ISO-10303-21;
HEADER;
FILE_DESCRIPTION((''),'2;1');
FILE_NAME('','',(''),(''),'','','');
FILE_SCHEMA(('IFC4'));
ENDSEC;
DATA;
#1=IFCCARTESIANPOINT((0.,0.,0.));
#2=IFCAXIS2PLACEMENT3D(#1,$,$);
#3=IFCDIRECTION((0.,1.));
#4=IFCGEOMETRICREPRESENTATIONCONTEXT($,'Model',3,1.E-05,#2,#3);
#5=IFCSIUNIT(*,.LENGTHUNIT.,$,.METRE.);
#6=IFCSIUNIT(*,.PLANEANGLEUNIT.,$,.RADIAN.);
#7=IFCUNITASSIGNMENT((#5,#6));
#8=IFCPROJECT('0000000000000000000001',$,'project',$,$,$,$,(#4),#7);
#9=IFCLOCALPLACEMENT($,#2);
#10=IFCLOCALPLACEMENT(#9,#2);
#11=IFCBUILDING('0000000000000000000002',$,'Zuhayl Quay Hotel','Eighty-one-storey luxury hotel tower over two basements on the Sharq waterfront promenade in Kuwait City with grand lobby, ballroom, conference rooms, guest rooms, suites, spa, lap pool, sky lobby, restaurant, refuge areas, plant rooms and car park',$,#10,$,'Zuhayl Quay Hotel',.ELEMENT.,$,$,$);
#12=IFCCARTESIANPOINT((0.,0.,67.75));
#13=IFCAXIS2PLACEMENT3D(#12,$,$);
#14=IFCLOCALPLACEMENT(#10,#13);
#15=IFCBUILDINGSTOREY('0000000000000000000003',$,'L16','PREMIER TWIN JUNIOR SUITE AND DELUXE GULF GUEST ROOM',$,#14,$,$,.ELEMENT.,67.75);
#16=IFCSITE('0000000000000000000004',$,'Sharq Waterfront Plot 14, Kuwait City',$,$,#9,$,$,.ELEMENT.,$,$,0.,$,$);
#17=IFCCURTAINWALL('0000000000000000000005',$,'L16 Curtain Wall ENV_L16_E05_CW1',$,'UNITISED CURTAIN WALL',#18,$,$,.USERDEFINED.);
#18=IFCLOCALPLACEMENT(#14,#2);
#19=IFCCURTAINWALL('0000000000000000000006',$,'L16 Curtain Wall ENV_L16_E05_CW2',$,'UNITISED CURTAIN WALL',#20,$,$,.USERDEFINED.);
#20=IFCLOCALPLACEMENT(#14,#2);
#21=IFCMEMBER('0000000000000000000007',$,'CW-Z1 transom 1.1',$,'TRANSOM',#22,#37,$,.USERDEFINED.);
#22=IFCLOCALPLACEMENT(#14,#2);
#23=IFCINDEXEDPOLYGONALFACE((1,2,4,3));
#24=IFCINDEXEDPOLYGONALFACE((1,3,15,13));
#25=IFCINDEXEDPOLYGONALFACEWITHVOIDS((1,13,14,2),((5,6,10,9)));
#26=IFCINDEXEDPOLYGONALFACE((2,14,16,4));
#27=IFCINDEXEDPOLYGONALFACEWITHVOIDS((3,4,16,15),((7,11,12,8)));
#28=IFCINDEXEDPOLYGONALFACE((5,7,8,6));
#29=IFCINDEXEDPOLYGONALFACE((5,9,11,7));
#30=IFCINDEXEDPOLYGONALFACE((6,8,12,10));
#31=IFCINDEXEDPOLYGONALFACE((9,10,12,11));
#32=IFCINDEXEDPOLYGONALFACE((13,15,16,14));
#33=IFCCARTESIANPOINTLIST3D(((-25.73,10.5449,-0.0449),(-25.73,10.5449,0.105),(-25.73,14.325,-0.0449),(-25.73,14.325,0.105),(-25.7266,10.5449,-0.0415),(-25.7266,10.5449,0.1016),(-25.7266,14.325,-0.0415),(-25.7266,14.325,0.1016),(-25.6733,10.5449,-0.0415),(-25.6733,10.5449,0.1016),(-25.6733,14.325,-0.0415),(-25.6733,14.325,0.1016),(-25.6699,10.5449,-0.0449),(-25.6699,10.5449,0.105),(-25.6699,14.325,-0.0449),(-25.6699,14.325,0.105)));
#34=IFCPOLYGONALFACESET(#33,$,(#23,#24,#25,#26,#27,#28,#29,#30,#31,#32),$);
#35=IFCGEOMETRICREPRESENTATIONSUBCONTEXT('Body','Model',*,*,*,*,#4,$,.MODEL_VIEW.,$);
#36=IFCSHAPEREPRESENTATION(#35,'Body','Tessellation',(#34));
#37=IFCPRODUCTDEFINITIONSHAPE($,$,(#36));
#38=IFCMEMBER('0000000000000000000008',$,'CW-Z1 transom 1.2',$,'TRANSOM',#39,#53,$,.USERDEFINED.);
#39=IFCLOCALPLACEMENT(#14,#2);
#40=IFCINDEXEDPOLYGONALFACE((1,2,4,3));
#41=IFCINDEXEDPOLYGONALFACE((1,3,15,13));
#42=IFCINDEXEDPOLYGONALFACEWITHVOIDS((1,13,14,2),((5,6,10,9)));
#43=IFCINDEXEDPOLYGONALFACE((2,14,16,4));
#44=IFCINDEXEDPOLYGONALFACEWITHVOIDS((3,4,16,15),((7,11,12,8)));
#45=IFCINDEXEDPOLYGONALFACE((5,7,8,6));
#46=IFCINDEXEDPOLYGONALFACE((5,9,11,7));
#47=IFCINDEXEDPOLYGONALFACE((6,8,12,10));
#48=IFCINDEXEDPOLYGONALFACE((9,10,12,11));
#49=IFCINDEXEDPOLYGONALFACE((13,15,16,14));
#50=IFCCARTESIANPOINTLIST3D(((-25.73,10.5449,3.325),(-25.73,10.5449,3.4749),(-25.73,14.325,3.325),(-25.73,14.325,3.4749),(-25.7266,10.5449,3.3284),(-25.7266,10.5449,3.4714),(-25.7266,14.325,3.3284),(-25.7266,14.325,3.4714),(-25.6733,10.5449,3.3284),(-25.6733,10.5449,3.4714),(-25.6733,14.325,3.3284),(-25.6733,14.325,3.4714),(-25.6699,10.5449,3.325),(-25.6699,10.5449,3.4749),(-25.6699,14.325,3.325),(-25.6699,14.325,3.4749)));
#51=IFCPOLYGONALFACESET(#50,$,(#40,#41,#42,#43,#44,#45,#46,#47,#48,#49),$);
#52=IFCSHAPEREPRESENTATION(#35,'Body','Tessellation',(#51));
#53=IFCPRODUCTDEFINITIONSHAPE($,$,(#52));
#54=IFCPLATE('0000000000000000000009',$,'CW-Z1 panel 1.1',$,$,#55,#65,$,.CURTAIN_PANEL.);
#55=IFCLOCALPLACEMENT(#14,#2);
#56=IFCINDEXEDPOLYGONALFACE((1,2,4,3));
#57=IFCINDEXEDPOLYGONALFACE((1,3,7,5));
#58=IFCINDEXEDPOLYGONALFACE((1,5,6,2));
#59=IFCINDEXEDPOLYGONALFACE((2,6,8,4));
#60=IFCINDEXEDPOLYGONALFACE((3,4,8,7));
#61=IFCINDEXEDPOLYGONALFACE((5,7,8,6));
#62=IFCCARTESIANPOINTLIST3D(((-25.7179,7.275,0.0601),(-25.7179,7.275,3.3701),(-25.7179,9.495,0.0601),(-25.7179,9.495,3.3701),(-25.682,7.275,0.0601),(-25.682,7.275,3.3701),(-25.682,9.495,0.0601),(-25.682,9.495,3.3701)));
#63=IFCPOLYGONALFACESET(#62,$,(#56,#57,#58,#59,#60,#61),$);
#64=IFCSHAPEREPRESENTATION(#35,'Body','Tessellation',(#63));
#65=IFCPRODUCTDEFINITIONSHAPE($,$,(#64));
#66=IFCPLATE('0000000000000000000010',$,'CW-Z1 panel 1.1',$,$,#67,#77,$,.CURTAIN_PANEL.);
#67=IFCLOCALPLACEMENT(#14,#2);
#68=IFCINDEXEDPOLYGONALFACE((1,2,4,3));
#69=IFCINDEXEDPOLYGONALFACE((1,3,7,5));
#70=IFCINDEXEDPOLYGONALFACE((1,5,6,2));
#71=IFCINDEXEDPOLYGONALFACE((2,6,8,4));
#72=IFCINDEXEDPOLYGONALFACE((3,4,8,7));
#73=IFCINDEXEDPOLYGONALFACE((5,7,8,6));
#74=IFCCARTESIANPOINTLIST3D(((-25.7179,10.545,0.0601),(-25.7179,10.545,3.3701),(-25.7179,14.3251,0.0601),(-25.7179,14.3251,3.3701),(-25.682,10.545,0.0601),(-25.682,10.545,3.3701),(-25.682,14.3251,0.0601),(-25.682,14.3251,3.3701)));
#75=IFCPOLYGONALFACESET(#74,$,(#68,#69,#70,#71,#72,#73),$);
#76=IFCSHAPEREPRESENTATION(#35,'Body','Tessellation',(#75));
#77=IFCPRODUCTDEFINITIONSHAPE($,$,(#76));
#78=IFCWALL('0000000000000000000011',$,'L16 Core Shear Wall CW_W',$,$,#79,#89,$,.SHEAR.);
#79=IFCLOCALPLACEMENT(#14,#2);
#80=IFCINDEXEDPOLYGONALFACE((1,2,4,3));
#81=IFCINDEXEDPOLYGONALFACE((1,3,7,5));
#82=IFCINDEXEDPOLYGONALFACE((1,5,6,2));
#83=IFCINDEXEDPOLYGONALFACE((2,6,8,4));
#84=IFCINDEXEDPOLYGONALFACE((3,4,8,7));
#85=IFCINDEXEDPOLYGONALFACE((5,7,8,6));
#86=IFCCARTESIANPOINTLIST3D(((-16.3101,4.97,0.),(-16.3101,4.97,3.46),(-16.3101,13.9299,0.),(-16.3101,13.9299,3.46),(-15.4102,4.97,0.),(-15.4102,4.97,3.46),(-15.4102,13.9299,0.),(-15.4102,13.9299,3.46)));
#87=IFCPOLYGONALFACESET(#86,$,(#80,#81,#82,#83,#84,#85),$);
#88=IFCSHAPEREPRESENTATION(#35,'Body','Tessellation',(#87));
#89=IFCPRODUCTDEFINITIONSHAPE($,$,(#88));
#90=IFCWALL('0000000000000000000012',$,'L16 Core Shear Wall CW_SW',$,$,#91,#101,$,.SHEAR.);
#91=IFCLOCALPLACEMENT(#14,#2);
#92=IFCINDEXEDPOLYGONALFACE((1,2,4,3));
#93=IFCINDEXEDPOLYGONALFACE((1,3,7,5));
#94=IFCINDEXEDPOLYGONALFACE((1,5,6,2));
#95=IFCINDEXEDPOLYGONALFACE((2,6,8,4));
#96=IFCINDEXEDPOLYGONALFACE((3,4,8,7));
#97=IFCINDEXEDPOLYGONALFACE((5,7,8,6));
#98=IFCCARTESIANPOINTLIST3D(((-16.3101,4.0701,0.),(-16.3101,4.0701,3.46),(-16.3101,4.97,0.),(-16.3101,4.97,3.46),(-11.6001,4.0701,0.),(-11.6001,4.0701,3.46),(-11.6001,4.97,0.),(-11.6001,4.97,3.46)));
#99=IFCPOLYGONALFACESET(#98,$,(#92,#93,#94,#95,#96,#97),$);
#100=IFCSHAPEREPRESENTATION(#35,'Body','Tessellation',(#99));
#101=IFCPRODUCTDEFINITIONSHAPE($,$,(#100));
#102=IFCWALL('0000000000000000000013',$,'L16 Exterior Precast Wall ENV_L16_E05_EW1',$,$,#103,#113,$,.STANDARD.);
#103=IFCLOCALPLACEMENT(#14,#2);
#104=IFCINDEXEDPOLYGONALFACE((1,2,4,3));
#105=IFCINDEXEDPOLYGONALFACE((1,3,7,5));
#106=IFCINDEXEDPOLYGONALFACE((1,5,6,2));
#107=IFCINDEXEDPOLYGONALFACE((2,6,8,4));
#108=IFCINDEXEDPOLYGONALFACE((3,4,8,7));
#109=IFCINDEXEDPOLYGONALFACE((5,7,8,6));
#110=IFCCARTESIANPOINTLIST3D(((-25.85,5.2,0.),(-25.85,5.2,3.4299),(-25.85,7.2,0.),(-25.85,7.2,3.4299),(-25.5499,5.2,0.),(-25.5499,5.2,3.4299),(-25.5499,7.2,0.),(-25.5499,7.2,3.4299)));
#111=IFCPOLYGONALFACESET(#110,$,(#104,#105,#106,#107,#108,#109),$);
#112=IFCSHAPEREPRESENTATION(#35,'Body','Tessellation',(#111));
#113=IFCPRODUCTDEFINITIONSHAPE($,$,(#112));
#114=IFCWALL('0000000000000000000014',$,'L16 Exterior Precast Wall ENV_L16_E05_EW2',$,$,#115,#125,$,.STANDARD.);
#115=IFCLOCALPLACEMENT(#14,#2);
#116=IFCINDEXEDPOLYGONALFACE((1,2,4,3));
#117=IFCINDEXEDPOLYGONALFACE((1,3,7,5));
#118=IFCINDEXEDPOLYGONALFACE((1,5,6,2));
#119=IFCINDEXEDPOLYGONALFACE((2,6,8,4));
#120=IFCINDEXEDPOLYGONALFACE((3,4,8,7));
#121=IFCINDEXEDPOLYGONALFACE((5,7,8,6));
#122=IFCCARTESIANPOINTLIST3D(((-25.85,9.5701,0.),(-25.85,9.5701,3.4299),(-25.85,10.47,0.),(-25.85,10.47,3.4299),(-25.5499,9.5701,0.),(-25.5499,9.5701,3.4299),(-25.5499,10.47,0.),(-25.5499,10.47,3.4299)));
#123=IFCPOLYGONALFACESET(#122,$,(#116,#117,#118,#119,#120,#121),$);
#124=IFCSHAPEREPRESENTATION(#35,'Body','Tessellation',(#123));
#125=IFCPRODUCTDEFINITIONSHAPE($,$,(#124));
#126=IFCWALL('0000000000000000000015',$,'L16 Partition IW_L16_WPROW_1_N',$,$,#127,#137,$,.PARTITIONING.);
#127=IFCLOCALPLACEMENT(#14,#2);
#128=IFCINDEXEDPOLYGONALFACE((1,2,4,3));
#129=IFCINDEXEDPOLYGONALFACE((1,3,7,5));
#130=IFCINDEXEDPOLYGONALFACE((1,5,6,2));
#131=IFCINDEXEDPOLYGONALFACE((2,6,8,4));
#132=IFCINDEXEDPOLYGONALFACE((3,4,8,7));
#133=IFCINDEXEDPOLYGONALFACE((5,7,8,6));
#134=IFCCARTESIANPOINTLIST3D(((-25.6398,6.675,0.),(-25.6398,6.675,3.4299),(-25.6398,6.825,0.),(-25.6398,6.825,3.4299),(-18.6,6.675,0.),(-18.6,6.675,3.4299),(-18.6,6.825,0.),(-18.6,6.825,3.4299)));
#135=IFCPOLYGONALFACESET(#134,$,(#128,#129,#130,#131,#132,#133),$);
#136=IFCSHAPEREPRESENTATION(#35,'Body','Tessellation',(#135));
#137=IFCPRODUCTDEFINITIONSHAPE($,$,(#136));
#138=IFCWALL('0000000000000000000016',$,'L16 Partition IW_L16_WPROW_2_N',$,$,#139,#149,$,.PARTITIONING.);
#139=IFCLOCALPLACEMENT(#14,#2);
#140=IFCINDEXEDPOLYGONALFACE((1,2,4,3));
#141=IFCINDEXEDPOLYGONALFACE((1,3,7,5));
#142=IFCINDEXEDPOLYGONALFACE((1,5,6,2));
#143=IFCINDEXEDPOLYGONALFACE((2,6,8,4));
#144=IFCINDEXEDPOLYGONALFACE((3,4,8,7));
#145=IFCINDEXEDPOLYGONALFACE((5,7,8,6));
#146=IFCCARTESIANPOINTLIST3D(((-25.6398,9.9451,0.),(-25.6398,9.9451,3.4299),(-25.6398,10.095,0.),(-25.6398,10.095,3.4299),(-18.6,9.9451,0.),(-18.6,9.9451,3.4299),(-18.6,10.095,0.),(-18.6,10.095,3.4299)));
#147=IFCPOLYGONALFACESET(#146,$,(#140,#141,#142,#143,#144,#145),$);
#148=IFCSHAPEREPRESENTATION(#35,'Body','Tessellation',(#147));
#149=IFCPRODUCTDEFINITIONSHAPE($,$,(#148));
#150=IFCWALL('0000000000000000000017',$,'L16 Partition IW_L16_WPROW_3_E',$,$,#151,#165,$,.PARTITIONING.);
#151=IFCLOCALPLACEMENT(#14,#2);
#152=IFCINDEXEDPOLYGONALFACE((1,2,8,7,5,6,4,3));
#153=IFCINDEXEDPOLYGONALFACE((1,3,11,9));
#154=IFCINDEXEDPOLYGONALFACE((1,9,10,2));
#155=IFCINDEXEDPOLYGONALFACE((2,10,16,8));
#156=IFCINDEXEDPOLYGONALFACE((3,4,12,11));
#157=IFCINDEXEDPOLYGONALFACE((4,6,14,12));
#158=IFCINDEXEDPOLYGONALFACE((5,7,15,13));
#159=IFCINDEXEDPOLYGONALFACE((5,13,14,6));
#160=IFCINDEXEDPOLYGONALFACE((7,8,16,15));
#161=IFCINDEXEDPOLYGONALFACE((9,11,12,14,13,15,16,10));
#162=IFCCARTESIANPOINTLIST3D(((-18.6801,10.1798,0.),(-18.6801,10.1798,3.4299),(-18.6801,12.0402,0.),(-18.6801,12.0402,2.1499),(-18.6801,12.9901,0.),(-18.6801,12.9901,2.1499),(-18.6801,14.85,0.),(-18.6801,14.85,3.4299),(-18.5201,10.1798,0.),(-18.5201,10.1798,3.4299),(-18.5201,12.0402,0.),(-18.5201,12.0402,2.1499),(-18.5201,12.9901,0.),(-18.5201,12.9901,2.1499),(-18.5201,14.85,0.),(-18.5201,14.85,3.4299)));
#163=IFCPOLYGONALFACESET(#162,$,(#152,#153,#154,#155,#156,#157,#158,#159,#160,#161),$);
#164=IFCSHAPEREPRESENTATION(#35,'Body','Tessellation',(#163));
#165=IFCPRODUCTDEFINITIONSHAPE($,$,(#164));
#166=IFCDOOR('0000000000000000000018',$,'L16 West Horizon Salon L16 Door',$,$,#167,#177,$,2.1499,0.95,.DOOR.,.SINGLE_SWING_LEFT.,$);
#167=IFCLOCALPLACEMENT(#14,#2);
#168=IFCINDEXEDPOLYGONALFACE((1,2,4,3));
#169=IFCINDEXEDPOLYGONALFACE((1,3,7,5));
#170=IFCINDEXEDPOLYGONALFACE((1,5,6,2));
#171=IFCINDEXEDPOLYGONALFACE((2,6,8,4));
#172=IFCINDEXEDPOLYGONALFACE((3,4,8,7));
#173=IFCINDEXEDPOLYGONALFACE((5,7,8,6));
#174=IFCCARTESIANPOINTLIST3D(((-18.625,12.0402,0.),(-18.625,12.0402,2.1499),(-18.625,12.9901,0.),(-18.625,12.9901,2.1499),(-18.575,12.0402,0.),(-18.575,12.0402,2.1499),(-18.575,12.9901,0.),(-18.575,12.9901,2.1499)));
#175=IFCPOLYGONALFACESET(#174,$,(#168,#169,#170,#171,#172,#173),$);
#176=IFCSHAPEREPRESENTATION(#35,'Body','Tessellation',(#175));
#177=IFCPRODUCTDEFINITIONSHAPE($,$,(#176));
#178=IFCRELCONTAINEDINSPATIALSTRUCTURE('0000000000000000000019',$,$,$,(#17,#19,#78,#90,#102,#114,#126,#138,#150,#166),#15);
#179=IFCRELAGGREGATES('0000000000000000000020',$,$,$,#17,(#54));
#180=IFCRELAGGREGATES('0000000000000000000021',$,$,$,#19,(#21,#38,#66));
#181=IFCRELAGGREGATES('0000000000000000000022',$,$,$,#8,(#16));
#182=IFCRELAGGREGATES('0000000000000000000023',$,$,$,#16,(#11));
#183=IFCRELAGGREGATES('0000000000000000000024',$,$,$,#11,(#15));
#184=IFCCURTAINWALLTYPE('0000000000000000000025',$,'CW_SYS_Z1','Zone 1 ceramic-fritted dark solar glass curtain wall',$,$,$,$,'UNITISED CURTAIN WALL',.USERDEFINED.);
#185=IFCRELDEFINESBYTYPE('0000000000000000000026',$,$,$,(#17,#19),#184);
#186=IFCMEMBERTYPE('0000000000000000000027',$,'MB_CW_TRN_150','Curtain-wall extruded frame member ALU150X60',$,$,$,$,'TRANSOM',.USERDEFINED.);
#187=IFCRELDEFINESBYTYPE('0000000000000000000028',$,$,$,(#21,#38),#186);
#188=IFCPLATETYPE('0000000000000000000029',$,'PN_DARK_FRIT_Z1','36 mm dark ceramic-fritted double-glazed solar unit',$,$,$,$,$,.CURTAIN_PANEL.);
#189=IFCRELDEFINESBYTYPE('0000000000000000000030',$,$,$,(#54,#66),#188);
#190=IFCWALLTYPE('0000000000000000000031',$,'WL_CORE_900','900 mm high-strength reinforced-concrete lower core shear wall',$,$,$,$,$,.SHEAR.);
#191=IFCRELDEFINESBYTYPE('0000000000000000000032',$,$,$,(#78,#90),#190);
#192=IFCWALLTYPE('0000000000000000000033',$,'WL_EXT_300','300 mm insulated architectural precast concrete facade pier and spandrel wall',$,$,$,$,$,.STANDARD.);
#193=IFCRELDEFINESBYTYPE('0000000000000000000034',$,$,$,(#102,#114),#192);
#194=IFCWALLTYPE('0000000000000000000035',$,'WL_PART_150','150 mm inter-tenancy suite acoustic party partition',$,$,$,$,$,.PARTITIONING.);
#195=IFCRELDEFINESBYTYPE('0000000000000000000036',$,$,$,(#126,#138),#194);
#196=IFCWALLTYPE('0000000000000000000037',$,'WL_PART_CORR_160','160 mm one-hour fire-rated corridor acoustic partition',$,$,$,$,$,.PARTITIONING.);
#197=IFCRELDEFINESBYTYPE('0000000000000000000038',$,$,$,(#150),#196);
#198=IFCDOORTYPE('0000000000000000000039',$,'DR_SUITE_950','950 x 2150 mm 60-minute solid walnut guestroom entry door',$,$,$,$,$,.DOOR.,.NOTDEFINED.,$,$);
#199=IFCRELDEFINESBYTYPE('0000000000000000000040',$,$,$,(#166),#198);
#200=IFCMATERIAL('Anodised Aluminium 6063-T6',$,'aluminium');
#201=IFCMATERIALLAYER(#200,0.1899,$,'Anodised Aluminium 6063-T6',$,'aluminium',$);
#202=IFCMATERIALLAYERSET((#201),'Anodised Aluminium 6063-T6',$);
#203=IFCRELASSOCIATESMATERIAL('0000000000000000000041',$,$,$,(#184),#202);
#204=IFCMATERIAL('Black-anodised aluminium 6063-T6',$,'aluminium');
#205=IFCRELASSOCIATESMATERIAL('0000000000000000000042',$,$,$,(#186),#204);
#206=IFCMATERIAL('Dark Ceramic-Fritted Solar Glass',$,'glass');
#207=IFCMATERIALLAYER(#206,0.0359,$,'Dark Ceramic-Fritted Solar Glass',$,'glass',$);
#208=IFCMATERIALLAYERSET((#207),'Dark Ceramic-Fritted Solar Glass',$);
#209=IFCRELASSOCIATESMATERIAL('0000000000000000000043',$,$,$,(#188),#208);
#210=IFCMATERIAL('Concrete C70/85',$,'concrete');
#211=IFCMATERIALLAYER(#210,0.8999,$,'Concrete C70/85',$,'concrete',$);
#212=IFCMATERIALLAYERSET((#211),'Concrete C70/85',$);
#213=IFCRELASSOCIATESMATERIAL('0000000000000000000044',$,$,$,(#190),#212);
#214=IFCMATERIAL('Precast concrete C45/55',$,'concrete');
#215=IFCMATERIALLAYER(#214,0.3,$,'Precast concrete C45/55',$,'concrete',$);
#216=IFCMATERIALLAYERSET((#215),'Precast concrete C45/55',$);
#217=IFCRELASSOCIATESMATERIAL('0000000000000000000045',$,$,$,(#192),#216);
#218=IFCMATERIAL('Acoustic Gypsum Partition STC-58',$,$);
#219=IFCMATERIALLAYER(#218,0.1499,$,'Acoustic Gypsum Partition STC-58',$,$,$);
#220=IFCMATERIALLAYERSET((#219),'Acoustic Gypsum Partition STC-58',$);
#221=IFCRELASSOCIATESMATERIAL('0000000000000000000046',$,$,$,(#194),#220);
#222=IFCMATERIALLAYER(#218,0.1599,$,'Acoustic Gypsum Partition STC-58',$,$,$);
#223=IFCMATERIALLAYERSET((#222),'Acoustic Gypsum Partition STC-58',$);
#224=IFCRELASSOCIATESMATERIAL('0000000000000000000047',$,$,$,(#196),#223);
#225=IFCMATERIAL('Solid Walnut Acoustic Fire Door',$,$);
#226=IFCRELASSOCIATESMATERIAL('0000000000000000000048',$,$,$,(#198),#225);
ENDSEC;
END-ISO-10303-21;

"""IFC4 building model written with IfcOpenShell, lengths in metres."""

from ifc_helpers import new_model, si_unit, direction, frame, frame_2d, origin, origin_2d, place, context, subcontext, project, spatial, rectangle, hollow_rectangle, extrude, material, layer, layer_set, material_profile, profile_set, type_object, element, fill, aggregate, save


model = new_model("IFC4")

# Units and contexts
model_context = context("Model", 3, precision=1e-05, world=origin(), true_north=direction((0.0, 1.0)))
body_context = subcontext(model_context, "Body", "Model", "MODEL_VIEW")
ifc_project = project(units=[si_unit("LENGTHUNIT", "METRE"), si_unit("PLANEANGLEUNIT", "RADIAN")], contexts=[model_context])

# Site, building, storey
site_placement = place(None, origin())
site = spatial("IfcSite", under=ifc_project, at=site_placement, Name="Sharq Waterfront Plot 14, Kuwait City", CompositionType="ELEMENT", RefElevation=0.0)
building_placement = place(site_placement, origin())
building = spatial("IfcBuilding", under=site, at=building_placement, Name="Zuhayl Quay Hotel", Description="Eighty-one-storey luxury hotel tower over two basements on the Sharq waterfront promenade in Kuwait City with grand lobby, ballroom, conference rooms, guest rooms, suites, spa, lap pool, sky lobby, restaurant, refuge areas, plant rooms and car park", LongName="Zuhayl Quay Hotel", CompositionType="ELEMENT")
storey_placement = place(building_placement, frame((0.0, 0.0, 67.75)))
storey = spatial("IfcBuildingStorey", under=building, at=storey_placement, Name="L16", Description="PREMIER TWIN JUNIOR SUITE AND DELUXE GULF GUEST ROOM", CompositionType="ELEMENT", Elevation=67.75)

# Shared definitions
ifc_material_1 = material(Name="Concrete C70/85", Category="concrete")

# Curtain walls
ifc_material_2 = material(Name="Anodised Aluminium 6063-T6", Category="aluminium")
ifc_layer_1 = layer(ifc_material_2, 0.1899, Name="Anodised Aluminium 6063-T6", Category="aluminium")
ifc_layer_set_1 = layer_set([ifc_layer_1], Name="Anodised Aluminium 6063-T6")
curtain_wall_type = type_object("IfcCurtainWallType", Name="CW_SYS_Z1", Description="Zone 1 ceramic-fritted dark solar glass curtain wall", ElementType="UNITISED CURTAIN WALL", PredefinedType="USERDEFINED", material=ifc_layer_set_1)
curtain_wall_1_placement = place(storey_placement, origin())
curtain_wall_1 = element("IfcCurtainWall", 1, at=curtain_wall_1_placement, inside=storey, type_object=curtain_wall_type, Name="L16 Curtain Wall ENV_L16_E05_CW1", ObjectType="UNITISED CURTAIN WALL", PredefinedType="USERDEFINED")
ifc_material_3 = material(Name="Black-anodised aluminium 6063-T6", Category="aluminium")
curtain_wall_2_placement = place(storey_placement, origin())
curtain_wall_2 = element("IfcCurtainWall", 2, at=curtain_wall_2_placement, inside=storey, type_object=curtain_wall_type, Name="L16 Curtain Wall ENV_L16_E05_CW2", ObjectType="UNITISED CURTAIN WALL", PredefinedType="USERDEFINED")

# Members
ifc_material_profile_1 = material_profile(ifc_material_3, hollow_rectangle(XDim=0.0601, YDim=0.1499, WallThickness=0.0034, at=origin_2d()), Name="ALU150X60")
ifc_profile_set_1 = profile_set([ifc_material_profile_1], Name="Black-anodised aluminium 6063-T6")
member_type_1 = type_object("IfcMemberType", Name="MB_CW_TRN_150", Description="Curtain-wall extruded frame member ALU150X60", ElementType="TRANSOM", PredefinedType="USERDEFINED", material=ifc_profile_set_1)
member_1_placement = place(storey_placement, frame((-25.7, 10.5449, 0.03), z_axis=(0.0, 1.0, 0.0), x_axis=(-1.0, 0.0, 0.0)))
member_1 = element("IfcMember", 3, at=member_1_placement, type_object=member_type_1, Name="CW-Z1 transom 1.1", ObjectType="TRANSOM", PredefinedType="USERDEFINED", context=body_context, shape_type="SweptSolid", body=[
    extrude(hollow_rectangle(XDim=0.0601, YDim=0.1499, WallThickness=0.0034, at=origin_2d()), origin(), (0.0, 0.0, 1.0), 3.78),
])
member_2_placement = place(storey_placement, frame((-25.7, 10.5449, 3.3999), z_axis=(0.0, 1.0, 0.0), x_axis=(-1.0, 0.0, 0.0)))
member_2 = element("IfcMember", 4, at=member_2_placement, type_object=member_type_1, Name="CW-Z1 transom 1.2", ObjectType="TRANSOM", PredefinedType="USERDEFINED", context=body_context, shape_type="SweptSolid", body=[
    extrude(hollow_rectangle(XDim=0.0601, YDim=0.1499, WallThickness=0.0034, at=origin_2d()), origin(), (0.0, 0.0, 1.0), 3.78),
])

# Plates
ifc_material_4 = material(Name="Dark Ceramic-Fritted Solar Glass", Category="glass")
ifc_layer_2 = layer(ifc_material_4, 0.0359, Name="Dark Ceramic-Fritted Solar Glass", Category="glass")
ifc_layer_set_2 = layer_set([ifc_layer_2], Name="Dark Ceramic-Fritted Solar Glass")
plate_type = type_object("IfcPlateType", Name="PN_DARK_FRIT_Z1", Description="36 mm dark ceramic-fritted double-glazed solar unit", PredefinedType="CURTAIN_PANEL", material=ifc_layer_set_2)
plate_1_placement = place(storey_placement, frame((-25.7, 8.385, 0.0601), z_axis=(0.0, 0.0, 1.0), x_axis=(0.0, 1.0, 0.0)))
plate_1 = element("IfcPlate", 5, at=plate_1_placement, type_object=plate_type, Name="CW-Z1 panel 1.1", PredefinedType="CURTAIN_PANEL", context=body_context, shape_type="SweptSolid", body=[
    extrude(rectangle(XDim=2.22, YDim=0.0359, at=origin_2d()), origin(), (0.0, 0.0, 1.0), 3.3101),
])
aggregate(curtain_wall_1, [plate_1])
plate_2_placement = place(storey_placement, frame((-25.7, 12.4351, 0.0601), z_axis=(0.0, 0.0, 1.0), x_axis=(0.0, 1.0, 0.0)))
plate_2 = element("IfcPlate", 6, at=plate_2_placement, type_object=plate_type, Name="CW-Z1 panel 1.1", PredefinedType="CURTAIN_PANEL", context=body_context, shape_type="SweptSolid", body=[
    extrude(rectangle(XDim=3.78, YDim=0.0359, at=origin_2d()), origin(), (0.0, 0.0, 1.0), 3.3101),
])
aggregate(curtain_wall_2, [member_1, member_2, plate_2])

# Walls
ifc_layer_3 = layer(ifc_material_1, 0.8999, Name="Concrete C70/85", Category="concrete")
ifc_layer_set_3 = layer_set([ifc_layer_3], Name="Concrete C70/85")
wall_type_1 = type_object("IfcWallType", Name="WL_CORE_900", Description="900 mm high-strength reinforced-concrete lower core shear wall", PredefinedType="SHEAR", material=ifc_layer_set_3)
wall_1_placement = place(storey_placement, frame((-15.8601, 4.97, 0.0), z_axis=(0.0, 0.0, 1.0), x_axis=(0.0, 1.0, 0.0)))
element("IfcWall", 7, at=wall_1_placement, inside=storey, type_object=wall_type_1, Name="L16 Core Shear Wall CW_W", PredefinedType="SHEAR", context=body_context, shape_type="SweptSolid", body=[
    extrude(rectangle(XDim=8.96, YDim=0.8999, at=frame_2d((4.48, 0.0))), origin(), (0.0, 0.0, 1.0), 3.46),
])
wall_2_placement = place(storey_placement, frame((-16.3101, 4.52, 0.0), z_axis=(0.0, 0.0, 1.0), x_axis=(1.0, 0.0, 0.0)))
element("IfcWall", 8, at=wall_2_placement, inside=storey, type_object=wall_type_1, Name="L16 Core Shear Wall CW_SW", PredefinedType="SHEAR", context=body_context, shape_type="SweptSolid", body=[
    extrude(rectangle(XDim=4.71, YDim=0.8999, at=frame_2d((2.355, 0.0))), origin(), (0.0, 0.0, 1.0), 3.46),
])
ifc_material_5 = material(Name="Precast concrete C45/55", Category="concrete")
ifc_layer_4 = layer(ifc_material_5, 0.3, Name="Precast concrete C45/55", Category="concrete")
ifc_layer_set_4 = layer_set([ifc_layer_4], Name="Precast concrete C45/55")
wall_type_2 = type_object("IfcWallType", Name="WL_EXT_300", Description="300 mm insulated architectural precast concrete facade pier and spandrel wall", PredefinedType="STANDARD", material=ifc_layer_set_4)
wall_3_placement = place(storey_placement, frame((-25.7, 5.2, 0.0), z_axis=(0.0, 0.0, 1.0), x_axis=(0.0, 1.0, 0.0)))
element("IfcWall", 9, at=wall_3_placement, inside=storey, type_object=wall_type_2, Name="L16 Exterior Precast Wall ENV_L16_E05_EW1", PredefinedType="STANDARD", context=body_context, shape_type="SweptSolid", body=[
    extrude(rectangle(XDim=2.0, YDim=0.3, at=frame_2d((1.0, 0.0))), origin(), (0.0, 0.0, 1.0), 3.4299),
])
wall_4_placement = place(storey_placement, frame((-25.7, 9.5701, 0.0), z_axis=(0.0, 0.0, 1.0), x_axis=(0.0, 1.0, 0.0)))
element("IfcWall", 10, at=wall_4_placement, inside=storey, type_object=wall_type_2, Name="L16 Exterior Precast Wall ENV_L16_E05_EW2", PredefinedType="STANDARD", context=body_context, shape_type="SweptSolid", body=[
    extrude(rectangle(XDim=0.8999, YDim=0.3, at=frame_2d((0.45, 0.0))), origin(), (0.0, 0.0, 1.0), 3.4299),
])
ifc_material_6 = material(Name="Acoustic Gypsum Partition STC-58")
ifc_layer_5 = layer(ifc_material_6, 0.1499, Name="Acoustic Gypsum Partition STC-58")
ifc_layer_set_5 = layer_set([ifc_layer_5], Name="Acoustic Gypsum Partition STC-58")
wall_type_3 = type_object("IfcWallType", Name="WL_PART_150", Description="150 mm inter-tenancy suite acoustic party partition", PredefinedType="PARTITIONING", material=ifc_layer_set_5)
for number, where, z_axis, x_axis, name in (
    (11, (-25.6399, 6.75, 0.0), (0.0, 0.0, 1.0), (1.0, 0.0, 0.0), "L16 Partition IW_L16_WPROW_1_N"),
    (12, (-25.6399, 10.02, 0.0), (0.0, 0.0, 1.0), (1.0, 0.0, 0.0), "L16 Partition IW_L16_WPROW_2_N"),
):
    element("IfcWall", number, at=place(storey_placement, frame(where, z_axis=z_axis, x_axis=x_axis)), inside=storey, type_object=wall_type_3, Name=name, PredefinedType="PARTITIONING", context=body_context, shape_type="SweptSolid", body=[
        extrude(rectangle(XDim=7.0398, YDim=0.1499, at=frame_2d((3.52, 0.0))), origin(), (0.0, 0.0, 1.0), 3.4299),
    ])

# Wall, opening, door
ifc_layer_6 = layer(ifc_material_6, 0.1599, Name="Acoustic Gypsum Partition STC-58")
ifc_layer_set_6 = layer_set([ifc_layer_6], Name="Acoustic Gypsum Partition STC-58")
wall_type_4 = type_object("IfcWallType", Name="WL_PART_CORR_160", Description="160 mm one-hour fire-rated corridor acoustic partition", PredefinedType="PARTITIONING", material=ifc_layer_set_6)
ifc_material_7 = material(Name="Solid Walnut Acoustic Fire Door")
door_type = type_object("IfcDoorType", Name="DR_SUITE_950", Description="950 x 2150 mm 60-minute solid walnut guestroom entry door", OperationType="NOTDEFINED", PredefinedType="DOOR", material=ifc_material_7)
wall_5_placement = place(storey_placement, frame((-18.6001, 10.1799, 0.0), z_axis=(0.0, 0.0, 1.0), x_axis=(0.0, 1.0, 0.0)))
wall_5 = element("IfcWall", 13, at=wall_5_placement, inside=storey, type_object=wall_type_4, Name="L16 Partition IW_L16_WPROW_3_E", PredefinedType="PARTITIONING", context=body_context, shape_type="SweptSolid", body=[
    extrude(rectangle(XDim=4.6702, YDim=0.1599, at=frame_2d((2.335, 0.0))), origin(), (0.0, 0.0, 1.0), 3.4299),
])
opening_1_placement = place(wall_5_placement, frame((1.8601, 0.0, 0.0)))
opening_1 = element("IfcOpeningElement", 14, at=opening_1_placement, cuts=wall_5, PredefinedType="OPENING", context=body_context, shape_type="SweptSolid", body=[
    extrude(rectangle(XDim=0.95, YDim=2.1499, at=frame_2d((0.4751, 1.075))), frame((0.0, 0.0898, 0.0), z_axis=(0.0, -1.0, 0.0), x_axis=(1.0, 0.0, 0.0)), (0.0, 0.0, 1.0), 0.1799),
])
door_1_placement = place(opening_1_placement, origin())
door_1 = element("IfcDoor", 15, at=door_1_placement, inside=storey, type_object=door_type, Name="L16 West Horizon Salon L16 Door", OperationType="SINGLE_SWING_LEFT", OverallHeight=2.1499, OverallWidth=0.95, PredefinedType="DOOR", context=body_context, shape_type="SweptSolid", body=[
    extrude(rectangle(XDim=0.95, YDim=2.1499, at=frame_2d((0.4751, 1.075))), frame((0.0, 0.0249, 0.0), z_axis=(0.0, -1.0, 0.0), x_axis=(1.0, 0.0, 0.0)), (0.0, 0.0, 1.0), 0.05),
])
fill(opening_1, door_1)

save(model, "model.ifc")
